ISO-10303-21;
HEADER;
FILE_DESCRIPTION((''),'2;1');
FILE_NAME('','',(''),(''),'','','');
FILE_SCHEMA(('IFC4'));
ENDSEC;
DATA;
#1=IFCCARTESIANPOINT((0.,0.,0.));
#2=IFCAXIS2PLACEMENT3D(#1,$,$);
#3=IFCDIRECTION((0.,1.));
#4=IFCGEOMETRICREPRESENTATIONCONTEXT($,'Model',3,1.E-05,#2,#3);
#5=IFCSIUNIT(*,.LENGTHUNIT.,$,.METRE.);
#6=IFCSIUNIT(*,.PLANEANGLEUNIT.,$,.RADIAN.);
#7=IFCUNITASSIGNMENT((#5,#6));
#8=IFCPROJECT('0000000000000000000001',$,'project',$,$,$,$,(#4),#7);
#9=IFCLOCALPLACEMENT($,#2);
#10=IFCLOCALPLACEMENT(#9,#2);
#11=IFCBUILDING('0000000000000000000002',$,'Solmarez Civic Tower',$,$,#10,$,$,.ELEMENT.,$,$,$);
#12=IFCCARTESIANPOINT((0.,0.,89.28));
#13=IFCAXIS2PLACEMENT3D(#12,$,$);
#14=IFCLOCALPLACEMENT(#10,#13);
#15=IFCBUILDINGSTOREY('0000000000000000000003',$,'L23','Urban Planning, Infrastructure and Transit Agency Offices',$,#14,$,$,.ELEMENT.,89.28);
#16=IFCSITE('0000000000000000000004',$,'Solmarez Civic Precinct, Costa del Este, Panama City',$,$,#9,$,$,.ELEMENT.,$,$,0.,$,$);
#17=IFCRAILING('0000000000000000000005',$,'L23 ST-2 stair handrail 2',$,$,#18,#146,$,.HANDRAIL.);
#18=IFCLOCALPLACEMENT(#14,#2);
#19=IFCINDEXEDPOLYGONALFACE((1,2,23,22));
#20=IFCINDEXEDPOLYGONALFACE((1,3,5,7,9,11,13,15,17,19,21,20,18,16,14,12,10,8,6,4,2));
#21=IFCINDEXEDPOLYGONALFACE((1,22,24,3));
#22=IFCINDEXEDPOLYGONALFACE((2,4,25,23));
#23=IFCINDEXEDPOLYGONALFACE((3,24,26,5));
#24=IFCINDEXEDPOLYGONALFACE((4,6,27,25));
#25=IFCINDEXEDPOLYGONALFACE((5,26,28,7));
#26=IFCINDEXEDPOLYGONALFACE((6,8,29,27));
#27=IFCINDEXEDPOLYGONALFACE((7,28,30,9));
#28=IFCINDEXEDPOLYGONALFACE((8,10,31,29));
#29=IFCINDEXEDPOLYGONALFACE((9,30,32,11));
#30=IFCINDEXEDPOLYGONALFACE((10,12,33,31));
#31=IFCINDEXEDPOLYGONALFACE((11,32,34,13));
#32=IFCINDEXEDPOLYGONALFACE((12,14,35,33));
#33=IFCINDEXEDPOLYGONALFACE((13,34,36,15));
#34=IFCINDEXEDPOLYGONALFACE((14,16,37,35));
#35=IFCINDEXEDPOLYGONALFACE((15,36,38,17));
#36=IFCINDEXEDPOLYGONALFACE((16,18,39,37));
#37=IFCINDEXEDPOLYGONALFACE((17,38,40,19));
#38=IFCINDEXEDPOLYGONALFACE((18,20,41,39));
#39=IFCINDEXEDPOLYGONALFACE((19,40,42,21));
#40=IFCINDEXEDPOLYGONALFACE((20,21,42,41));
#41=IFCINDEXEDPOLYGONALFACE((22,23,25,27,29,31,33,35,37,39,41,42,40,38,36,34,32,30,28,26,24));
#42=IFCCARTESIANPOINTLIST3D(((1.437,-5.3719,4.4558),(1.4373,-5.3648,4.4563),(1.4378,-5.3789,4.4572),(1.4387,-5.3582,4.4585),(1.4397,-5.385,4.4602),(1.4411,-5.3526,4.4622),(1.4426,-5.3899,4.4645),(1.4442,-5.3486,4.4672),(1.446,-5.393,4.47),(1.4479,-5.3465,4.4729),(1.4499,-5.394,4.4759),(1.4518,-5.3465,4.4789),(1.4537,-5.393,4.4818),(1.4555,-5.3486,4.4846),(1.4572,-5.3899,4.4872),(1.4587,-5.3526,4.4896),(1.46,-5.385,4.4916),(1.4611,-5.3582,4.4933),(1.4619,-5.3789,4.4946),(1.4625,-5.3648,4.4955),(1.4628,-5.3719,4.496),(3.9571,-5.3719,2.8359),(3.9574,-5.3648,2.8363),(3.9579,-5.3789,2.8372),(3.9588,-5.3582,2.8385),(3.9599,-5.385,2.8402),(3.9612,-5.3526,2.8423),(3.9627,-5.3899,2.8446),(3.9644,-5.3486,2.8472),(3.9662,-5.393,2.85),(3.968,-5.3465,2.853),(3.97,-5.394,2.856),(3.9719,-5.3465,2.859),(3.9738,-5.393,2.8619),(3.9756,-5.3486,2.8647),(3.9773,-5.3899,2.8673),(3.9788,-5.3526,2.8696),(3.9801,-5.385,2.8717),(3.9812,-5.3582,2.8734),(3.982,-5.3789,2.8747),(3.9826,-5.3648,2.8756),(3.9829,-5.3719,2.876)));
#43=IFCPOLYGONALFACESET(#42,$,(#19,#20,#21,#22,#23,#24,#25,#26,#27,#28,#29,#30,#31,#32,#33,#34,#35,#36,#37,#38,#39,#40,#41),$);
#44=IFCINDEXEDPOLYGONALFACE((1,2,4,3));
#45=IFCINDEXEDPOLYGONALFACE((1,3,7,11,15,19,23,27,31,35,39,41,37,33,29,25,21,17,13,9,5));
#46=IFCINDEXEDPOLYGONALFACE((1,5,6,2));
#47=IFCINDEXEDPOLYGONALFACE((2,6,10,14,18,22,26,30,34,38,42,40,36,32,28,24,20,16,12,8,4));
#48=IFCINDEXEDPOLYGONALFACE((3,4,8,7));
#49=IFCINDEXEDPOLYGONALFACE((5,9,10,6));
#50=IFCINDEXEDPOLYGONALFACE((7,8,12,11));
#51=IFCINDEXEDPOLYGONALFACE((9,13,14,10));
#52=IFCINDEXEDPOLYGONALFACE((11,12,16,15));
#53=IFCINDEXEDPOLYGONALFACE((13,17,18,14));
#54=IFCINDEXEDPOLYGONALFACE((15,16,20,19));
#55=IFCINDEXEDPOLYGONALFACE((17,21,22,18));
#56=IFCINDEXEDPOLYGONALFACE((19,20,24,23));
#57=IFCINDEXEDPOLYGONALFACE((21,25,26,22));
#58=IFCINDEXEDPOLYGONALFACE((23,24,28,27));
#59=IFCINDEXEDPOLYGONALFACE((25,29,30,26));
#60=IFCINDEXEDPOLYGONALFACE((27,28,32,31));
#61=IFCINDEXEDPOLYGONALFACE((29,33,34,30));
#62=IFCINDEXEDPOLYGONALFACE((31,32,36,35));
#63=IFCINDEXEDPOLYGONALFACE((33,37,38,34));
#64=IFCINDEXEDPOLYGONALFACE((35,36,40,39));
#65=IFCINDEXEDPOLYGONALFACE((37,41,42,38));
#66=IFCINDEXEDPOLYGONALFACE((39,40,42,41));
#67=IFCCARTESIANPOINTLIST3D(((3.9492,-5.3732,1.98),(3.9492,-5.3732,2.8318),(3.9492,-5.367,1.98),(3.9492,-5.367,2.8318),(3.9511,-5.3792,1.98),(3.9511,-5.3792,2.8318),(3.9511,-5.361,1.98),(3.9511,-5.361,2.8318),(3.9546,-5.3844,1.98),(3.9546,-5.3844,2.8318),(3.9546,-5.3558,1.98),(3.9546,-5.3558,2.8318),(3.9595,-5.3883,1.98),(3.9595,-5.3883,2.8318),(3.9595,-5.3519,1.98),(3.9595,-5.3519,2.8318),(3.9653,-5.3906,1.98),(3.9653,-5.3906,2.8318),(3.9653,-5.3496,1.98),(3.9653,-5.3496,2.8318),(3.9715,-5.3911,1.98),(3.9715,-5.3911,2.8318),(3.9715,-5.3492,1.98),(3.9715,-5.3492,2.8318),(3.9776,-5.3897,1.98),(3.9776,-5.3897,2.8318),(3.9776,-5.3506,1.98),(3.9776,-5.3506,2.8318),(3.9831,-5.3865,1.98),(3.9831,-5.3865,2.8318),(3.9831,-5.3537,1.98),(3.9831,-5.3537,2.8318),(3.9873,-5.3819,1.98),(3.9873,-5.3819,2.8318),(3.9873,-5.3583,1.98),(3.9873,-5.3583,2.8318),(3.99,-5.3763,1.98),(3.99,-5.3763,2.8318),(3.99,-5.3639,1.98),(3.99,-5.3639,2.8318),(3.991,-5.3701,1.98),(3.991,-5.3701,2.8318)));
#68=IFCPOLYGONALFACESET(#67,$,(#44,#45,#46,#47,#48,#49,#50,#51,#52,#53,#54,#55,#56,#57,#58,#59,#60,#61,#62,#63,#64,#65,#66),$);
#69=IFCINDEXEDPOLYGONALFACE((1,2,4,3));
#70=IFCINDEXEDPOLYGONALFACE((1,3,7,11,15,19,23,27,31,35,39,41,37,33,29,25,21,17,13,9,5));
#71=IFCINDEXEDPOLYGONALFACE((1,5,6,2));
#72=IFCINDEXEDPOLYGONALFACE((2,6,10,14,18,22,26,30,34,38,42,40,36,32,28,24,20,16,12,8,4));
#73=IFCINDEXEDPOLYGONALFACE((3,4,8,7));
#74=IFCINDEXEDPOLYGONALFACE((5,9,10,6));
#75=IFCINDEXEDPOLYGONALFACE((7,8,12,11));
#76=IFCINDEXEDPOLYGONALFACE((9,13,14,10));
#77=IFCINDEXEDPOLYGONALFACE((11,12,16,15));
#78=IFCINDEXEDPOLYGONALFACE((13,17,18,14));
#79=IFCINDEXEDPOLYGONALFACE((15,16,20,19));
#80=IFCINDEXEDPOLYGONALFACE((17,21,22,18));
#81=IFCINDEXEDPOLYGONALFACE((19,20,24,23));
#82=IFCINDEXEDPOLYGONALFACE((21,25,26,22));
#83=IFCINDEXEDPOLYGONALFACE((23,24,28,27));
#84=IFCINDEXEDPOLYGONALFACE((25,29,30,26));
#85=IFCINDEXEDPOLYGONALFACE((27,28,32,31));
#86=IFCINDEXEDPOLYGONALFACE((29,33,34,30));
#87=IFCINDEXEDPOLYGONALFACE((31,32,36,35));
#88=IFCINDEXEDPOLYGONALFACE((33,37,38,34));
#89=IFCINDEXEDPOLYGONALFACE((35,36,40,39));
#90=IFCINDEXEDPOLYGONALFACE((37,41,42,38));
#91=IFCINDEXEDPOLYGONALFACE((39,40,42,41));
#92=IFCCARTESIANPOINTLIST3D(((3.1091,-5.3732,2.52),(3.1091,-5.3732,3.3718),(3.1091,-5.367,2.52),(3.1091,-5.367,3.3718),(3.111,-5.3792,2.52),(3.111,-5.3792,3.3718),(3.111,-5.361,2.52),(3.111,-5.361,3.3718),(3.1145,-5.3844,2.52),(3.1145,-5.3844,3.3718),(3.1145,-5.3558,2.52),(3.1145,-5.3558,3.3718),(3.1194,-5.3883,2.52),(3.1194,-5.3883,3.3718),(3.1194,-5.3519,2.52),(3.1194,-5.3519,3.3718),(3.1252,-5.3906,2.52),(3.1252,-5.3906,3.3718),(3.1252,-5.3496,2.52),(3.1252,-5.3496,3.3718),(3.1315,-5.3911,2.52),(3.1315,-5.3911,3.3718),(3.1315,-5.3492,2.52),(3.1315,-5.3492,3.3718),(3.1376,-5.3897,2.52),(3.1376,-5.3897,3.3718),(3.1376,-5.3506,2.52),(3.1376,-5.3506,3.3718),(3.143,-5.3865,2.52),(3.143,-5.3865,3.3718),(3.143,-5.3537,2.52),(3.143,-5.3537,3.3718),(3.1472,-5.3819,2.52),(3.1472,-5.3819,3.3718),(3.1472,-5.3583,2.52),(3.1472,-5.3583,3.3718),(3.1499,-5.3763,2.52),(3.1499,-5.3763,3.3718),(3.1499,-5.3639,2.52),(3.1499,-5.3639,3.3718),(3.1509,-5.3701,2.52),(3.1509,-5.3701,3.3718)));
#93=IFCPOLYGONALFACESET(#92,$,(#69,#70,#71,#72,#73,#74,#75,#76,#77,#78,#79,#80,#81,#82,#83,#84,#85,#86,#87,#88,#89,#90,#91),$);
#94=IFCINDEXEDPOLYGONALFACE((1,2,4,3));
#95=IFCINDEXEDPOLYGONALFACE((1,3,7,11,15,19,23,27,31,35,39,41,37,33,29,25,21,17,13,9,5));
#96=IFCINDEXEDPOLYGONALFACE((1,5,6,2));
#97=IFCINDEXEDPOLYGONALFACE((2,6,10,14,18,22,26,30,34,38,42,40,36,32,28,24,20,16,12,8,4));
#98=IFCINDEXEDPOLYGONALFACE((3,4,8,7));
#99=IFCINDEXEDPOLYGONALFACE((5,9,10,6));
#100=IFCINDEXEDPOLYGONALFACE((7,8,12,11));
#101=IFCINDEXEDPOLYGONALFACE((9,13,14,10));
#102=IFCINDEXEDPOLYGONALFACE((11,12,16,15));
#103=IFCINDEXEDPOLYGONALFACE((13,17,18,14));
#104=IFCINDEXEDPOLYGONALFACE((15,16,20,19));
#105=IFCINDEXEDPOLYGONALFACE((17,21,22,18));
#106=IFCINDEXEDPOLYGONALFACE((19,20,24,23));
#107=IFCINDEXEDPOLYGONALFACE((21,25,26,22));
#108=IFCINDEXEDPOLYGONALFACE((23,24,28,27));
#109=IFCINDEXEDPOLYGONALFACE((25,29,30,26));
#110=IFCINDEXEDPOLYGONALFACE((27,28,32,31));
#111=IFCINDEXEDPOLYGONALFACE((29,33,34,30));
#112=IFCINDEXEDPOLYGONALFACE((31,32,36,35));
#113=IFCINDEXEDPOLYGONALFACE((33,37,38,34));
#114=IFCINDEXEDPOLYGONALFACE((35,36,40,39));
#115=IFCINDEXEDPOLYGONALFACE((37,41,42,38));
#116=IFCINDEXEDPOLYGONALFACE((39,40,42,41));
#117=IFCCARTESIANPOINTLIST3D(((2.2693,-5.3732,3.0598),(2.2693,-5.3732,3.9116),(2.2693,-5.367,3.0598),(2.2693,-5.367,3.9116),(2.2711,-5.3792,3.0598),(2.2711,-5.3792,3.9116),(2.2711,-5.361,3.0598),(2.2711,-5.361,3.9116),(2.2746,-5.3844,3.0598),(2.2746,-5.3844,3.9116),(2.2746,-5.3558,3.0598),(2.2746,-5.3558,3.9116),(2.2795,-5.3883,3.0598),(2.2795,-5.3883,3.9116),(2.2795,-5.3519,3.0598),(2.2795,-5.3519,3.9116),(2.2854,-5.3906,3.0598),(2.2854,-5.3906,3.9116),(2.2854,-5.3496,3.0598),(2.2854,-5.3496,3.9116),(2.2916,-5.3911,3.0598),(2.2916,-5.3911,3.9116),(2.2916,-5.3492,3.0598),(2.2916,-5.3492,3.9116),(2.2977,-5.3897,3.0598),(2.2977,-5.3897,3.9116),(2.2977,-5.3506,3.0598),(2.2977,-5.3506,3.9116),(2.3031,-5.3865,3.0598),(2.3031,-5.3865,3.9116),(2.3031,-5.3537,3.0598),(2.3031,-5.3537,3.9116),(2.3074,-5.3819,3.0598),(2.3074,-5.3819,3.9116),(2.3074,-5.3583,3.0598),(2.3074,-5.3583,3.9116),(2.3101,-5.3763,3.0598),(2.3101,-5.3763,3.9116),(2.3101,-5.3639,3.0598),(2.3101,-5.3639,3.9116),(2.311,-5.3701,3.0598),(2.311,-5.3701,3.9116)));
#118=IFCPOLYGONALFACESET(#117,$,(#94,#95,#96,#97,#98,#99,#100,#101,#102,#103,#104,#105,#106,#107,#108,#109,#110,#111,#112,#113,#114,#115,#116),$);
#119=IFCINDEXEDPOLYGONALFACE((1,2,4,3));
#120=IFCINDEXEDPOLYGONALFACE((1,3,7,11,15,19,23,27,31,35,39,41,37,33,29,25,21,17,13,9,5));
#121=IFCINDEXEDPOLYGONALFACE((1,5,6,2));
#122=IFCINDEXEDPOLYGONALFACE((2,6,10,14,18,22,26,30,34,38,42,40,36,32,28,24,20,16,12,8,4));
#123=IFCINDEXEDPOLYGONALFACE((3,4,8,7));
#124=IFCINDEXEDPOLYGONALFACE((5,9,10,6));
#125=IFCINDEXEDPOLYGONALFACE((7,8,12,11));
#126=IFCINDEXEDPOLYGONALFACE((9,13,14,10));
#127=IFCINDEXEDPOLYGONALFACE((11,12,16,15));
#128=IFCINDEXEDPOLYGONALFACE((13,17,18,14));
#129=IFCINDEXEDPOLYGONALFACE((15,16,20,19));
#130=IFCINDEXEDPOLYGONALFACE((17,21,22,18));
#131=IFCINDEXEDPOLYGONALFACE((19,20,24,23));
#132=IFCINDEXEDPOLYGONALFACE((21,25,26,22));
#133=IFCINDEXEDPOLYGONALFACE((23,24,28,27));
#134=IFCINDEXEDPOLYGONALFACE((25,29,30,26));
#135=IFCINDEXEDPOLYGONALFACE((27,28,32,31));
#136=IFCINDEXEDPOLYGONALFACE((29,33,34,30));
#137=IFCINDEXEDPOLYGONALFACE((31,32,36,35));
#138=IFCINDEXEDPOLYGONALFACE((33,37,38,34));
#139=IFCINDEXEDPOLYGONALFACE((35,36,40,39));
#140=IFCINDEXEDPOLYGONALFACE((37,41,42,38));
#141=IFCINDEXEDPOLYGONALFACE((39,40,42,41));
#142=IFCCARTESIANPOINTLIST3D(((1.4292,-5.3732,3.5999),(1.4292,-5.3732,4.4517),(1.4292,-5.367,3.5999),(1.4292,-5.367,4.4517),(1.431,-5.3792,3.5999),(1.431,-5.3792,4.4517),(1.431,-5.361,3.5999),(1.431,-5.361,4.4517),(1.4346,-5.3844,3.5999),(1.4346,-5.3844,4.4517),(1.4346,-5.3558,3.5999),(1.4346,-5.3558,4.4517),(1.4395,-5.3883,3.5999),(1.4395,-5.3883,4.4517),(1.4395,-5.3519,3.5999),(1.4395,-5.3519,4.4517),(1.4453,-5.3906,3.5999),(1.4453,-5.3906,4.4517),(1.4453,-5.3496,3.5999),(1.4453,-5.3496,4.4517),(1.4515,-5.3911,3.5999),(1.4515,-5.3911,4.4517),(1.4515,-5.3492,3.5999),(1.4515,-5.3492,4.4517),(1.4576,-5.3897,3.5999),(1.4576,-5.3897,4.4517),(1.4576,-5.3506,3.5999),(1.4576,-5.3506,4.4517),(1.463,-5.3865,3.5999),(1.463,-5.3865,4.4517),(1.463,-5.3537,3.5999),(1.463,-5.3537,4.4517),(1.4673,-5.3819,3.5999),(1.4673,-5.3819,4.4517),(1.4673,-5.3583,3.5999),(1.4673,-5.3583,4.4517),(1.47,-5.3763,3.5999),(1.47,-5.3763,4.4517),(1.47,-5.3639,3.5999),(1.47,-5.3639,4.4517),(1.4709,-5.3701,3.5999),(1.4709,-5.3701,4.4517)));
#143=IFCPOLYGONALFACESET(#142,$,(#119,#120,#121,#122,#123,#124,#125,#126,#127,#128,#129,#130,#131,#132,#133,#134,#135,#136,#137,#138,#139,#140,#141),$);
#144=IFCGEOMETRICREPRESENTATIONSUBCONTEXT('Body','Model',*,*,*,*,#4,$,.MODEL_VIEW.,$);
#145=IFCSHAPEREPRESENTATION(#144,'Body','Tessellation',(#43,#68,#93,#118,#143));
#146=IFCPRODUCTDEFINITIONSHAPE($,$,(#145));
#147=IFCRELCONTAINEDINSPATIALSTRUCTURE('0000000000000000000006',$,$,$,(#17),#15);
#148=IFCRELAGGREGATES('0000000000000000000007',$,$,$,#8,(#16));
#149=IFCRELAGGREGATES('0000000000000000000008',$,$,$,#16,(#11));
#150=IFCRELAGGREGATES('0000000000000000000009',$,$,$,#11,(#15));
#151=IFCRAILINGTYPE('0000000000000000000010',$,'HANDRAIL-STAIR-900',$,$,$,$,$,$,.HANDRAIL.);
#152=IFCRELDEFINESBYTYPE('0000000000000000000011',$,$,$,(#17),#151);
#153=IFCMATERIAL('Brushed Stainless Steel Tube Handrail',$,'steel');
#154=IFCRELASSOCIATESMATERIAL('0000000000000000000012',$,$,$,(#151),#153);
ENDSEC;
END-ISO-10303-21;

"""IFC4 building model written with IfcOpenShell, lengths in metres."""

from ifc_helpers import new_model, si_unit, direction, frame, origin, origin_2d, place, context, subcontext, project, spatial, circle, extrude, material, type_object, element, save


model = new_model("IFC4")

# Units and contexts
model_context = context("Model", 3, precision=1e-05, world=origin(), true_north=direction((0.0, 1.0)))
body_context = subcontext(model_context, "Body", "Model", "MODEL_VIEW")
ifc_project = project(units=[si_unit("LENGTHUNIT", "METRE"), si_unit("PLANEANGLEUNIT", "RADIAN")], contexts=[model_context])

# Site, building, storey
site_placement = place(None, origin())
site = spatial("IfcSite", under=ifc_project, at=site_placement, Name="Solmarez Civic Precinct, Costa del Este, Panama City", CompositionType="ELEMENT", RefElevation=0.0)
building_placement = place(site_placement, origin())
building = spatial("IfcBuilding", under=site, at=building_placement, Name="Solmarez Civic Tower", CompositionType="ELEMENT")
storey_placement = place(building_placement, frame((0.0, 0.0, 89.28)))
storey = spatial("IfcBuildingStorey", under=building, at=storey_placement, Name="L23", Description="Urban Planning, Infrastructure and Transit Agency Offices", CompositionType="ELEMENT", Elevation=89.28)

# Railing
ifc_material_1 = material(Name="Brushed Stainless Steel Tube Handrail", Category="steel")
railing_type_1 = type_object("IfcRailingType", Name="HANDRAIL-STAIR-900", PredefinedType="HANDRAIL", material=ifc_material_1)
railing_1_placement = place(storey_placement, frame((3.97, -5.3701, 1.98)))
element("IfcRailing", 1, at=railing_1_placement, inside=storey, type_object=railing_type_1, Name="L23 ST-2 stair handrail 2", PredefinedType="HANDRAIL", context=body_context, shape_type="SweptSolid", body=[
    extrude(circle(Radius=0.0239, at=origin_2d()), frame((0.0, 0.0, 0.876), z_axis=(-0.8412, 0.0, 0.540725), x_axis=(0.0, -1.0, 0.0)), (0.0, 0.0, 1.0), 2.9958),
    extrude(circle(Radius=0.021, at=origin_2d()), origin(), (0.0, 0.0, 1.0), 0.8518),
    extrude(circle(Radius=0.021, at=origin_2d()), frame((-0.8401, 0.0, 0.54)), (0.0, 0.0, 1.0), 0.8518),
    extrude(circle(Radius=0.021, at=origin_2d()), frame((-1.6799, 0.0, 1.0798)), (0.0, 0.0, 1.0), 0.8518),
    extrude(circle(Radius=0.021, at=origin_2d()), frame((-2.52, 0.0, 1.6199)), (0.0, 0.0, 1.0), 0.8518),
])

save(model, "model.ifc")
